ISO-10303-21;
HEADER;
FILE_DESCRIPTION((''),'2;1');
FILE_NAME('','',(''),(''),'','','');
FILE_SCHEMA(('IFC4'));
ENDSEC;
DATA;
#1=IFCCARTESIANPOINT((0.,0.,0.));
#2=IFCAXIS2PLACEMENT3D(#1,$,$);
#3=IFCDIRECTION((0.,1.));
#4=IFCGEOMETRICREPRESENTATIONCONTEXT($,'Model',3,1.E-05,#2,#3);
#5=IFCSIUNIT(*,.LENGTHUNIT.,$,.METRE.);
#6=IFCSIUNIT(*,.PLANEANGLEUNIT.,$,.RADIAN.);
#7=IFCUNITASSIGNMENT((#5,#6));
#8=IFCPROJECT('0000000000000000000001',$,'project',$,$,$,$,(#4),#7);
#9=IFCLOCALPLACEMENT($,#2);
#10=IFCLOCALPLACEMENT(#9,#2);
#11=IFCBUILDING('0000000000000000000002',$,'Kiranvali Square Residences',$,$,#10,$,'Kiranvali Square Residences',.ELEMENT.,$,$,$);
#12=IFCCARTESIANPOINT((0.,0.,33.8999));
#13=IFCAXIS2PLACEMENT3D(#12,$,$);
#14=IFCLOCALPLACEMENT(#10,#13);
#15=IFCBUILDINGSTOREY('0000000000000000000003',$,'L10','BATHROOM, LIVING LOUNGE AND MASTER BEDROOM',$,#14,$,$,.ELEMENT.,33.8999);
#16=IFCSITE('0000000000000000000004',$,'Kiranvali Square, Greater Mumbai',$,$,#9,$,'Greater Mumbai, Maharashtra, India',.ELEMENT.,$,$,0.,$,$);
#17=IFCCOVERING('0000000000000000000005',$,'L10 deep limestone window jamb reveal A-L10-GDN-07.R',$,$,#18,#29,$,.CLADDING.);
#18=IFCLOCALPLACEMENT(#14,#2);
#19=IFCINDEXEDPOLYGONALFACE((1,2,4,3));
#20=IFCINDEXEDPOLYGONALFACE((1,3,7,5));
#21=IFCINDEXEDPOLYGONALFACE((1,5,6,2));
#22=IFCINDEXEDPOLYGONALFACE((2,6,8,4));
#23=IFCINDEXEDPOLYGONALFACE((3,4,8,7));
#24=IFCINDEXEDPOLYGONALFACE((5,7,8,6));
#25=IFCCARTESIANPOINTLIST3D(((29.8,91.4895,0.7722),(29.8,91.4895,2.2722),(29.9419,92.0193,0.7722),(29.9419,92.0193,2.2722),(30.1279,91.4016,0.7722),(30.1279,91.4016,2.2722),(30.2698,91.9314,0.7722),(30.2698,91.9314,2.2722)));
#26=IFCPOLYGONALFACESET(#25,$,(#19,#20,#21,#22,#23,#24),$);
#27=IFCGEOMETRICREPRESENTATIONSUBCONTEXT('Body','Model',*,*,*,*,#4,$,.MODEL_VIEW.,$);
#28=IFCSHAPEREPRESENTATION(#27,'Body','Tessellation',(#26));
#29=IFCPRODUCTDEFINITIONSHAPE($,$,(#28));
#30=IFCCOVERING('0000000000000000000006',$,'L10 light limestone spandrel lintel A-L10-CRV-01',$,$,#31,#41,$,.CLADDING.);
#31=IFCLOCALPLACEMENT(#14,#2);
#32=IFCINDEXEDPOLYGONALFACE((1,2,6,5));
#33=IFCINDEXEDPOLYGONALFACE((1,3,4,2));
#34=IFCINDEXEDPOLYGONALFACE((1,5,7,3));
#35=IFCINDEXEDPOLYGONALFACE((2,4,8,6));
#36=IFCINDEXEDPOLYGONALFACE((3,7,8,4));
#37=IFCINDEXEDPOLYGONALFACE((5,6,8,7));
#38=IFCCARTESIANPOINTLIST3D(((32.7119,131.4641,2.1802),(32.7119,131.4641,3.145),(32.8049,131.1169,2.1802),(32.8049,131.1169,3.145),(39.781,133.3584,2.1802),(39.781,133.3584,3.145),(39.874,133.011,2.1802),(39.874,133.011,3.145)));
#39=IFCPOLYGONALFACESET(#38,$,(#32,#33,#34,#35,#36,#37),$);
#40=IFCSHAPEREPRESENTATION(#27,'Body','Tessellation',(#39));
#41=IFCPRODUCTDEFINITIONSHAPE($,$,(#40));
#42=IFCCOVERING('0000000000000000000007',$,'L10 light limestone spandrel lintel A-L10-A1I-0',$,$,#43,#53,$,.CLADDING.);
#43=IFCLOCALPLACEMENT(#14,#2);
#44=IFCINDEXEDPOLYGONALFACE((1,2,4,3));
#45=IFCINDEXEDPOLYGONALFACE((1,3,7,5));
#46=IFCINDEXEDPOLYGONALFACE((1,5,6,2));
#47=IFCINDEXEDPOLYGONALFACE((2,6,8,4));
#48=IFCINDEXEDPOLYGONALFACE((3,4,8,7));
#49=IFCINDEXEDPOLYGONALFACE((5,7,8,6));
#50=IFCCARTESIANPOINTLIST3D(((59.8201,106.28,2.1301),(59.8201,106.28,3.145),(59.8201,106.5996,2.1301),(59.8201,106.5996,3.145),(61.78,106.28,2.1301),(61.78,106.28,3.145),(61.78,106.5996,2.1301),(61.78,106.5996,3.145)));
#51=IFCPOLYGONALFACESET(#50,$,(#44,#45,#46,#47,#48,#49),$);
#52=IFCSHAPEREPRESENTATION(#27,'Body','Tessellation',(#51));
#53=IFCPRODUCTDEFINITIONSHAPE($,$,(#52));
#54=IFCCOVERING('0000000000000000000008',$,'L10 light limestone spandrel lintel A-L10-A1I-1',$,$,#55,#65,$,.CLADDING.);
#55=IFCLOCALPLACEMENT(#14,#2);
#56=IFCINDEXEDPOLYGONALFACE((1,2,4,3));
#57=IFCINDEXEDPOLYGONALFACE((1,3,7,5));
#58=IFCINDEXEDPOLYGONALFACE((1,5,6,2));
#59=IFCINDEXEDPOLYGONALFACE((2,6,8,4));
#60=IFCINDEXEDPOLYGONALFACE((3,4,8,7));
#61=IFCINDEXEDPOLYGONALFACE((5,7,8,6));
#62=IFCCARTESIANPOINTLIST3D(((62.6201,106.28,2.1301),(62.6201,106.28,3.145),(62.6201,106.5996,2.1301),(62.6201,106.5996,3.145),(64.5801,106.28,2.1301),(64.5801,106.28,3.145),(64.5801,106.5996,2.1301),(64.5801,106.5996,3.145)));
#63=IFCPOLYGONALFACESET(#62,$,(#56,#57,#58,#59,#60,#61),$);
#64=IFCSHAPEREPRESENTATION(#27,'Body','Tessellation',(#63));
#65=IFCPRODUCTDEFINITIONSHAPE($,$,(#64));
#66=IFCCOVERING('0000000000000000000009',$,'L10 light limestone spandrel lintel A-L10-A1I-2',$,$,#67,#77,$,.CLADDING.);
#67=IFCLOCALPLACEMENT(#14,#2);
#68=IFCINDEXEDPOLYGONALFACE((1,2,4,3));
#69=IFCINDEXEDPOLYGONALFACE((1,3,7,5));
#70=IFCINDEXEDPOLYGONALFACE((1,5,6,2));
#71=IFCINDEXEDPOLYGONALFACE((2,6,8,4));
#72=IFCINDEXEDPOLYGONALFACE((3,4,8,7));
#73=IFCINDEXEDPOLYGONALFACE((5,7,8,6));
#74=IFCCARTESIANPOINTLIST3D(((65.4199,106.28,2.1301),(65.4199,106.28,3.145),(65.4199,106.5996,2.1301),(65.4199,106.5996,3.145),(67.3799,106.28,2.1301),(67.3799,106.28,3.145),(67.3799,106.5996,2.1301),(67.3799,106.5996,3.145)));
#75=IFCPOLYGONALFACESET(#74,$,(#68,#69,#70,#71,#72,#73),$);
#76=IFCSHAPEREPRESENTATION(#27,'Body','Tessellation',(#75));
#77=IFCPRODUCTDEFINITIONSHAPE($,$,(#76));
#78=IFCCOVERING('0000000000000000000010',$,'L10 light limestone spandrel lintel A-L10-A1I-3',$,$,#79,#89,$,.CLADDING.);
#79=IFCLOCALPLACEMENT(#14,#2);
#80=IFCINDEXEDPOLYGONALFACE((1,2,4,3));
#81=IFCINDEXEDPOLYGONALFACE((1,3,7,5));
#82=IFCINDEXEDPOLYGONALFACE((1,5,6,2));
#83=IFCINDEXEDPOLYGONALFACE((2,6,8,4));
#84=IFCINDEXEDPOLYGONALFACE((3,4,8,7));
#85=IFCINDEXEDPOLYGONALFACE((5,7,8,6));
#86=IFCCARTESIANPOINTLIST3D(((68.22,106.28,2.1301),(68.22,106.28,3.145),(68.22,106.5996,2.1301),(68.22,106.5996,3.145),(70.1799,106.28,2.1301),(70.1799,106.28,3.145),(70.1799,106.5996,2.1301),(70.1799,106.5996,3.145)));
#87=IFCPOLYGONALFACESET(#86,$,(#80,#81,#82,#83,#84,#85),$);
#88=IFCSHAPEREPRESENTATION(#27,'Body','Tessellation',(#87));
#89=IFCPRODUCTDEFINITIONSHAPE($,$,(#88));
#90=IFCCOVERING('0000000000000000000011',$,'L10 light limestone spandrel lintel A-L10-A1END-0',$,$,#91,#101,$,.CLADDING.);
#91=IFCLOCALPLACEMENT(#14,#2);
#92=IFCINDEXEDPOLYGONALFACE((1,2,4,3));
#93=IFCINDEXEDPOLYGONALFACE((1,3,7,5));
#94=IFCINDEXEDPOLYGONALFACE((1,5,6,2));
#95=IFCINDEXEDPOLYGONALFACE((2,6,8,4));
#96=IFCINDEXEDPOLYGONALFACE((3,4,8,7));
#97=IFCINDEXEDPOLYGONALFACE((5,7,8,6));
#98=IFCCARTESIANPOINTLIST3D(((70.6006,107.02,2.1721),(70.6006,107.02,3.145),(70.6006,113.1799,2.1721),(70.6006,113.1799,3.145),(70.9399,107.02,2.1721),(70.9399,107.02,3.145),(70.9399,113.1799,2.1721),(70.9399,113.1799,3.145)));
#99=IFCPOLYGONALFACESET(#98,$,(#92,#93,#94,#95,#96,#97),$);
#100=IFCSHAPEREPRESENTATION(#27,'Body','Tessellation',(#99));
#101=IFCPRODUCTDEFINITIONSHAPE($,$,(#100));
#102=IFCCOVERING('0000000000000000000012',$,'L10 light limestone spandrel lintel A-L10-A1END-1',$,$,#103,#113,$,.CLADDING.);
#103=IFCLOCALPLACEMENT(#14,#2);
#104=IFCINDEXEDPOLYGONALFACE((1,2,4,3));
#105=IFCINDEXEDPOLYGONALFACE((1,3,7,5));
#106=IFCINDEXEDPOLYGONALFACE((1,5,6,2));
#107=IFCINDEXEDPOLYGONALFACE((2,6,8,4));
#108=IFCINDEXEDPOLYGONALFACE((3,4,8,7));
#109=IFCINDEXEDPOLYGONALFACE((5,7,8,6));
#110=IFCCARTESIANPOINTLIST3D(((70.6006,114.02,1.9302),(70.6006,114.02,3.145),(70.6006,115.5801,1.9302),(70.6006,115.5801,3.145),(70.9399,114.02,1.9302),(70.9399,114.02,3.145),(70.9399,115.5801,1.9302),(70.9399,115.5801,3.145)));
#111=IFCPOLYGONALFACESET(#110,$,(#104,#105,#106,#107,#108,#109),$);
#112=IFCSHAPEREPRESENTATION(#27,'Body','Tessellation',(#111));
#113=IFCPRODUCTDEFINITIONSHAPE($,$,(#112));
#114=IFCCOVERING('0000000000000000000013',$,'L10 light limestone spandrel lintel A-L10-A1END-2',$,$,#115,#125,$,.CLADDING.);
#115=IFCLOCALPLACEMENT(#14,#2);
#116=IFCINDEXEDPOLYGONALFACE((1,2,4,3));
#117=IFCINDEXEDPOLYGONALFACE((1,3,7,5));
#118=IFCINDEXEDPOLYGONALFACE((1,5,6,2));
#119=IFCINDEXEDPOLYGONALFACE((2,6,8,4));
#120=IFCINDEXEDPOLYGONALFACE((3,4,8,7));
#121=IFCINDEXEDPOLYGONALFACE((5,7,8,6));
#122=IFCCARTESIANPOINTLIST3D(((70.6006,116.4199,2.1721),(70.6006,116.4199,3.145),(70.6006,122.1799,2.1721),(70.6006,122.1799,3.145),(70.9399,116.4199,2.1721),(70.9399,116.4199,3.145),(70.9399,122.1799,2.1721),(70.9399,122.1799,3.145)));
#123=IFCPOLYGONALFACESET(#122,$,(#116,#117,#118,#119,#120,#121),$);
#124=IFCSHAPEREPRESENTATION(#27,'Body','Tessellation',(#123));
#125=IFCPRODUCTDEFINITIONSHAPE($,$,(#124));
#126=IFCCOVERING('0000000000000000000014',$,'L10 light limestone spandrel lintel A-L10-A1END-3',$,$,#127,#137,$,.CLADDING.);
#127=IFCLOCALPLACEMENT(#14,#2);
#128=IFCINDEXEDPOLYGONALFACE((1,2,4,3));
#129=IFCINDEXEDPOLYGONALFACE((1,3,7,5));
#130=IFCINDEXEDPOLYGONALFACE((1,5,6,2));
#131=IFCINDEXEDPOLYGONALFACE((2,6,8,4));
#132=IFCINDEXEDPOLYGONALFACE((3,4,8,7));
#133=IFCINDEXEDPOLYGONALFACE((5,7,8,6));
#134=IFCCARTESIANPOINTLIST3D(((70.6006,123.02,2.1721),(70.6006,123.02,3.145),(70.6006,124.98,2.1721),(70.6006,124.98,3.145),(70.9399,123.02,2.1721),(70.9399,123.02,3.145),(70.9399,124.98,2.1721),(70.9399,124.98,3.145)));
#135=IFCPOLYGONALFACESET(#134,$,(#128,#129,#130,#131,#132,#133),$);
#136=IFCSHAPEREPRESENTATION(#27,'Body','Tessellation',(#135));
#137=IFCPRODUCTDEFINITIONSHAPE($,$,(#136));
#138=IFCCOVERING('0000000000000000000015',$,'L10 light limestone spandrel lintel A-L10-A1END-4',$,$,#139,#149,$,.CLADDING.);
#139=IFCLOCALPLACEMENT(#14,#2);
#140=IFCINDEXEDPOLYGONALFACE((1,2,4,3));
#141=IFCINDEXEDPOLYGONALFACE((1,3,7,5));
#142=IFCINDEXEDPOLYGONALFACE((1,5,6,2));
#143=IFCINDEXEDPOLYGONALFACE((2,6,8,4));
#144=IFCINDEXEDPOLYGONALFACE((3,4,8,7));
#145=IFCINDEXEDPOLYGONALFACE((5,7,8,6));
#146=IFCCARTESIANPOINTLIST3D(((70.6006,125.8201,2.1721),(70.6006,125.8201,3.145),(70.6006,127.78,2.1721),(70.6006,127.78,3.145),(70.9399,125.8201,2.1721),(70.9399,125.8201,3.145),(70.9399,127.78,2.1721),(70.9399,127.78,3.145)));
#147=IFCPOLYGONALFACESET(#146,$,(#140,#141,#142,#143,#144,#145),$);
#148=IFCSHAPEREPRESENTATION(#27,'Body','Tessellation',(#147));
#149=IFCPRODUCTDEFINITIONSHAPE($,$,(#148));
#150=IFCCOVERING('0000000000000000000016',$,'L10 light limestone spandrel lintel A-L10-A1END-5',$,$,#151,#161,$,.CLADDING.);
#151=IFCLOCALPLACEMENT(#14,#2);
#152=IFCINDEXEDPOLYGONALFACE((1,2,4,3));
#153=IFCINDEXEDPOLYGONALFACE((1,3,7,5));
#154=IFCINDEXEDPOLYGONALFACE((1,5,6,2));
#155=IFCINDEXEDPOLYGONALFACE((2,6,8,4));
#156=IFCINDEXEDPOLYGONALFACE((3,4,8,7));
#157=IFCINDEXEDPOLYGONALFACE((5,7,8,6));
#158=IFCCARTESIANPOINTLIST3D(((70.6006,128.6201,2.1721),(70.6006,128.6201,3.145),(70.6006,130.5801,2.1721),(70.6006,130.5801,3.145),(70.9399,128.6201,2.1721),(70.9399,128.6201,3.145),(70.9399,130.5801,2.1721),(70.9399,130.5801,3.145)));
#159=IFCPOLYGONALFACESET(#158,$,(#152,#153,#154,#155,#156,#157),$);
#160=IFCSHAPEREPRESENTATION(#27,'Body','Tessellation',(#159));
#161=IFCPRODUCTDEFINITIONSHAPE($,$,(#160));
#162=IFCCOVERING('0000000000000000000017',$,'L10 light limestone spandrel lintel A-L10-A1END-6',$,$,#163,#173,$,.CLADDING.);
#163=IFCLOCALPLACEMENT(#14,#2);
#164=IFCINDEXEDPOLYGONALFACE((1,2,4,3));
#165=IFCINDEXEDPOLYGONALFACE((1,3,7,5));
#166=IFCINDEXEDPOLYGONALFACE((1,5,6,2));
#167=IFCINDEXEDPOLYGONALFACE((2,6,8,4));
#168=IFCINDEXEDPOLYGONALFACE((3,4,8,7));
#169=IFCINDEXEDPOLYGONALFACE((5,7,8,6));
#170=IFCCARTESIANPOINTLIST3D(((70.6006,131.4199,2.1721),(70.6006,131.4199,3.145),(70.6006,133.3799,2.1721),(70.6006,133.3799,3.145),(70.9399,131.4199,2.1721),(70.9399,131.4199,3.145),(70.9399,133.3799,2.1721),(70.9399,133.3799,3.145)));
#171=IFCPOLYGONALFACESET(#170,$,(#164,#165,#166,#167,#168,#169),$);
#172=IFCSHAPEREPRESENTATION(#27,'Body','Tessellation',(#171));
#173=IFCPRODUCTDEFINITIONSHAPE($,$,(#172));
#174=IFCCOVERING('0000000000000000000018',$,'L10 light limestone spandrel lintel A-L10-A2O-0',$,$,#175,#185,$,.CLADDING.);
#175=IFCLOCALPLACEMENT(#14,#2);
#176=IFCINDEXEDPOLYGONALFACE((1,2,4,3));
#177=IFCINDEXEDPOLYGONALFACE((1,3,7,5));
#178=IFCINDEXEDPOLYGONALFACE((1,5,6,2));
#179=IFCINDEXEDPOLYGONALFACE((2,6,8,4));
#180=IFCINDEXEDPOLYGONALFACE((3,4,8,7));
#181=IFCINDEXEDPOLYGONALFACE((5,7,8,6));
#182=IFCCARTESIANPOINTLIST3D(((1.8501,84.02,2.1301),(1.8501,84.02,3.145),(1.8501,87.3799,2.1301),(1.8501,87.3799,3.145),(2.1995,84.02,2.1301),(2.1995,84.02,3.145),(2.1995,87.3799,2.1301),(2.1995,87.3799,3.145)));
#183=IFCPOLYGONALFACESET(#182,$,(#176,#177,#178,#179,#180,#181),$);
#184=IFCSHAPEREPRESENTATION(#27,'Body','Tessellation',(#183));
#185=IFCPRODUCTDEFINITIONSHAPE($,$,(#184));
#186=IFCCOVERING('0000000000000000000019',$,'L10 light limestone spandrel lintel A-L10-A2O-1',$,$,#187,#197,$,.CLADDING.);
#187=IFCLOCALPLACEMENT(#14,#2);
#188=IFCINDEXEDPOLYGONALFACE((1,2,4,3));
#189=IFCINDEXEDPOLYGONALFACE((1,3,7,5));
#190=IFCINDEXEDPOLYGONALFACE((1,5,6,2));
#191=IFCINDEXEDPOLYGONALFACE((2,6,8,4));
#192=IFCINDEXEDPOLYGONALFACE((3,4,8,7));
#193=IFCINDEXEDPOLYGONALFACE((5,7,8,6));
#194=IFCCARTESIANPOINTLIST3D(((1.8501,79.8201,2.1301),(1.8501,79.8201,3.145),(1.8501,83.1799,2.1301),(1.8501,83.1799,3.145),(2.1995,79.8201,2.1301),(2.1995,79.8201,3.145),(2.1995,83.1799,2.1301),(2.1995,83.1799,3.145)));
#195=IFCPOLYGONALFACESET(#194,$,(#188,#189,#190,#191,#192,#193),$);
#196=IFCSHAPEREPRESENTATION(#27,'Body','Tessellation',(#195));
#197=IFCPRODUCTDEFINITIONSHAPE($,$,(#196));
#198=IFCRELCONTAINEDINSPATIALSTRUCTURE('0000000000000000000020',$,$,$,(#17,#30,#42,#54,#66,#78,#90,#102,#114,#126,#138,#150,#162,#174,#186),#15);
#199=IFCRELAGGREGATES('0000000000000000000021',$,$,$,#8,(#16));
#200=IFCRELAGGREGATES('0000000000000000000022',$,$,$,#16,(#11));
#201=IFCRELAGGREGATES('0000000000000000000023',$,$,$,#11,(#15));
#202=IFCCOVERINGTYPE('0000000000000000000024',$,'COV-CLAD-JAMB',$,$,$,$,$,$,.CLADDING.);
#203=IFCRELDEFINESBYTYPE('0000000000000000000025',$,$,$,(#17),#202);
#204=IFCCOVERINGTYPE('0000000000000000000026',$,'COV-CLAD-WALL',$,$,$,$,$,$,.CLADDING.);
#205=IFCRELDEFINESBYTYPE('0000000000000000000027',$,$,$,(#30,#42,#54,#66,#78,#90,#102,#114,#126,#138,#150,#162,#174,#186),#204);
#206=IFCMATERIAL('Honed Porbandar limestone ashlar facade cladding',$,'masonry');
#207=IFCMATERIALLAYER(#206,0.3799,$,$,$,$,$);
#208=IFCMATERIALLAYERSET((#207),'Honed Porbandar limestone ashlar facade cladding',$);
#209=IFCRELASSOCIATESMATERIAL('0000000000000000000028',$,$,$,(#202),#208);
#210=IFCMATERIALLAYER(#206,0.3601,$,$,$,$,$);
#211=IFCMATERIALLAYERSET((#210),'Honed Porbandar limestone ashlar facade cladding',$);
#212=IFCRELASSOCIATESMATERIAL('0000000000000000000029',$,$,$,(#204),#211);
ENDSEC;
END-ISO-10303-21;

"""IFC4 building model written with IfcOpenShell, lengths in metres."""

from ifc_helpers import new_model, si_unit, direction, frame, origin, place, context, subcontext, project, spatial, polyline, outline, extrude, material, layer, layer_set, type_object, element, save


model = new_model("IFC4")

# Units and contexts
model_context = context("Model", 3, precision=1e-05, world=origin(), true_north=direction((0.0, 1.0)))
body_context = subcontext(model_context, "Body", "Model", "MODEL_VIEW")
ifc_project = project(units=[si_unit("LENGTHUNIT", "METRE"), si_unit("PLANEANGLEUNIT", "RADIAN")], contexts=[model_context])

# Site, building, storey
site_placement = place(None, origin())
site = spatial("IfcSite", under=ifc_project, at=site_placement, Name="Kiranvali Square, Greater Mumbai", LongName="Greater Mumbai, Maharashtra, India", CompositionType="ELEMENT", RefElevation=0.0)
building_placement = place(site_placement, origin())
building = spatial("IfcBuilding", under=site, at=building_placement, Name="Kiranvali Square Residences", LongName="Kiranvali Square Residences", CompositionType="ELEMENT")
storey_placement = place(building_placement, frame((0.0, 0.0, 33.8999)))
storey = spatial("IfcBuildingStorey", under=building, at=storey_placement, Name="L10", Description="BATHROOM, LIVING LOUNGE AND MASTER BEDROOM", CompositionType="ELEMENT", Elevation=33.8999)

# Coverings
ifc_material = material(Name="Honed Porbandar limestone ashlar facade cladding", Category="masonry")
ifc_layer_1 = layer(ifc_material, 0.3799)
ifc_layer_set_1 = layer_set([ifc_layer_1], Name="Honed Porbandar limestone ashlar facade cladding")
covering_type_1 = type_object("IfcCoveringType", Name="COV-CLAD-JAMB", PredefinedType="CLADDING", material=ifc_layer_set_1)
covering_1_placement = place(storey_placement, frame((0.0, 0.0, 0.7722)))
element("IfcCovering", 1, at=covering_1_placement, inside=storey, type_object=covering_type_1, Name="L10 deep limestone window jamb reveal A-L10-GDN-07.R", PredefinedType="CLADDING", context=body_context, shape_type="SweptSolid", body=[
    extrude(outline(polyline([(29.9419, 92.0193), (29.8, 91.4895), (30.1279, 91.4016), (30.2698, 91.9314), (29.9419, 92.0193)])), origin(), (0.0, 0.0, 1.0), 1.5),
])
ifc_layer_2 = layer(ifc_material, 0.3601)
ifc_layer_set_2 = layer_set([ifc_layer_2], Name="Honed Porbandar limestone ashlar facade cladding")
covering_type_2 = type_object("IfcCoveringType", Name="COV-CLAD-WALL", PredefinedType="CLADDING", material=ifc_layer_set_2)
covering_2_placement = place(storey_placement, frame((0.0, 0.0, 2.1802)))
element("IfcCovering", 2, at=covering_2_placement, inside=storey, type_object=covering_type_2, Name="L10 light limestone spandrel lintel A-L10-CRV-01", PredefinedType="CLADDING", context=body_context, shape_type="SweptSolid", body=[
    extrude(outline(polyline([(39.781, 133.3584), (32.7119, 131.4641), (32.8049, 131.1169), (39.874, 133.011), (39.781, 133.3584)])), origin(), (0.0, 0.0, 1.0), 0.9648),
])
covering_3_placement = place(storey_placement, frame((0.0, 0.0, 2.1301)))
element("IfcCovering", 3, at=covering_3_placement, inside=storey, type_object=covering_type_2, Name="L10 light limestone spandrel lintel A-L10-A1I-0", PredefinedType="CLADDING", context=body_context, shape_type="SweptSolid", body=[
    extrude(outline(polyline([(59.8201, 106.28), (61.78, 106.28), (61.78, 106.5996), (59.8201, 106.5996), (59.8201, 106.28)])), origin(), (0.0, 0.0, 1.0), 1.0149),
])
covering_4_placement = place(storey_placement, frame((0.0, 0.0, 2.1301)))
element("IfcCovering", 4, at=covering_4_placement, inside=storey, type_object=covering_type_2, Name="L10 light limestone spandrel lintel A-L10-A1I-1", PredefinedType="CLADDING", context=body_context, shape_type="SweptSolid", body=[
    extrude(outline(polyline([(62.6201, 106.28), (64.5801, 106.28), (64.5801, 106.5996), (62.6201, 106.5996), (62.6201, 106.28)])), origin(), (0.0, 0.0, 1.0), 1.0149),
])
covering_5_placement = place(storey_placement, frame((0.0, 0.0, 2.1301)))
element("IfcCovering", 5, at=covering_5_placement, inside=storey, type_object=covering_type_2, Name="L10 light limestone spandrel lintel A-L10-A1I-2", PredefinedType="CLADDING", context=body_context, shape_type="SweptSolid", body=[
    extrude(outline(polyline([(65.4199, 106.28), (67.3799, 106.28), (67.3799, 106.5996), (65.4199, 106.5996), (65.4199, 106.28)])), origin(), (0.0, 0.0, 1.0), 1.0149),
])
covering_6_placement = place(storey_placement, frame((0.0, 0.0, 2.1301)))
element("IfcCovering", 6, at=covering_6_placement, inside=storey, type_object=covering_type_2, Name="L10 light limestone spandrel lintel A-L10-A1I-3", PredefinedType="CLADDING", context=body_context, shape_type="SweptSolid", body=[
    extrude(outline(polyline([(68.22, 106.28), (70.1799, 106.28), (70.1799, 106.5996), (68.22, 106.5996), (68.22, 106.28)])), origin(), (0.0, 0.0, 1.0), 1.0149),
])
covering_7_placement = place(storey_placement, frame((0.0, 0.0, 2.1721)))
element("IfcCovering", 7, at=covering_7_placement, inside=storey, type_object=covering_type_2, Name="L10 light limestone spandrel lintel A-L10-A1END-0", PredefinedType="CLADDING", context=body_context, shape_type="SweptSolid", body=[
    extrude(outline(polyline([(70.9399, 107.02), (70.9399, 113.1799), (70.6006, 113.1799), (70.6006, 107.02), (70.9399, 107.02)])), origin(), (0.0, 0.0, 1.0), 0.9729),
])
covering_8_placement = place(storey_placement, frame((0.0, 0.0, 1.9302)))
element("IfcCovering", 8, at=covering_8_placement, inside=storey, type_object=covering_type_2, Name="L10 light limestone spandrel lintel A-L10-A1END-1", PredefinedType="CLADDING", context=body_context, shape_type="SweptSolid", body=[
    extrude(outline(polyline([(70.9399, 114.02), (70.9399, 115.5801), (70.6006, 115.5801), (70.6006, 114.02), (70.9399, 114.02)])), origin(), (0.0, 0.0, 1.0), 1.2148),
])
covering_9_placement = place(storey_placement, frame((0.0, 0.0, 2.1721)))
element("IfcCovering", 9, at=covering_9_placement, inside=storey, type_object=covering_type_2, Name="L10 light limestone spandrel lintel A-L10-A1END-2", PredefinedType="CLADDING", context=body_context, shape_type="SweptSolid", body=[
    extrude(outline(polyline([(70.9399, 116.4199), (70.9399, 122.1799), (70.6006, 122.1799), (70.6006, 116.4199), (70.9399, 116.4199)])), origin(), (0.0, 0.0, 1.0), 0.9729),
])
covering_10_placement = place(storey_placement, frame((0.0, 0.0, 2.1721)))
element("IfcCovering", 10, at=covering_10_placement, inside=storey, type_object=covering_type_2, Name="L10 light limestone spandrel lintel A-L10-A1END-3", PredefinedType="CLADDING", context=body_context, shape_type="SweptSolid", body=[
    extrude(outline(polyline([(70.9399, 123.02), (70.9399, 124.98), (70.6006, 124.98), (70.6006, 123.02), (70.9399, 123.02)])), origin(), (0.0, 0.0, 1.0), 0.9729),
])
covering_11_placement = place(storey_placement, frame((0.0, 0.0, 2.1721)))
element("IfcCovering", 11, at=covering_11_placement, inside=storey, type_object=covering_type_2, Name="L10 light limestone spandrel lintel A-L10-A1END-4", PredefinedType="CLADDING", context=body_context, shape_type="SweptSolid", body=[
    extrude(outline(polyline([(70.9399, 125.8201), (70.9399, 127.78), (70.6006, 127.78), (70.6006, 125.8201), (70.9399, 125.8201)])), origin(), (0.0, 0.0, 1.0), 0.9729),
])
covering_12_placement = place(storey_placement, frame((0.0, 0.0, 2.1721)))
element("IfcCovering", 12, at=covering_12_placement, inside=storey, type_object=covering_type_2, Name="L10 light limestone spandrel lintel A-L10-A1END-5", PredefinedType="CLADDING", context=body_context, shape_type="SweptSolid", body=[
    extrude(outline(polyline([(70.9399, 128.6201), (70.9399, 130.5801), (70.6006, 130.5801), (70.6006, 128.6201), (70.9399, 128.6201)])), origin(), (0.0, 0.0, 1.0), 0.9729),
])
covering_13_placement = place(storey_placement, frame((0.0, 0.0, 2.1721)))
element("IfcCovering", 13, at=covering_13_placement, inside=storey, type_object=covering_type_2, Name="L10 light limestone spandrel lintel A-L10-A1END-6", PredefinedType="CLADDING", context=body_context, shape_type="SweptSolid", body=[
    extrude(outline(polyline([(70.9399, 131.4199), (70.9399, 133.3799), (70.6006, 133.3799), (70.6006, 131.4199), (70.9399, 131.4199)])), origin(), (0.0, 0.0, 1.0), 0.9729),
])
covering_14_placement = place(storey_placement, frame((0.0, 0.0, 2.1301)))
element("IfcCovering", 14, at=covering_14_placement, inside=storey, type_object=covering_type_2, Name="L10 light limestone spandrel lintel A-L10-A2O-0", PredefinedType="CLADDING", context=body_context, shape_type="SweptSolid", body=[
    extrude(outline(polyline([(1.8501, 87.3799), (1.8501, 84.02), (2.1995, 84.02), (2.1995, 87.3799), (1.8501, 87.3799)])), origin(), (0.0, 0.0, 1.0), 1.0149),
])
covering_15_placement = place(storey_placement, frame((0.0, 0.0, 2.1301)))
element("IfcCovering", 15, at=covering_15_placement, inside=storey, type_object=covering_type_2, Name="L10 light limestone spandrel lintel A-L10-A2O-1", PredefinedType="CLADDING", context=body_context, shape_type="SweptSolid", body=[
    extrude(outline(polyline([(1.8501, 83.1799), (1.8501, 79.8201), (2.1995, 79.8201), (2.1995, 83.1799), (1.8501, 83.1799)])), origin(), (0.0, 0.0, 1.0), 1.0149),
])

save(model, "model.ifc")
